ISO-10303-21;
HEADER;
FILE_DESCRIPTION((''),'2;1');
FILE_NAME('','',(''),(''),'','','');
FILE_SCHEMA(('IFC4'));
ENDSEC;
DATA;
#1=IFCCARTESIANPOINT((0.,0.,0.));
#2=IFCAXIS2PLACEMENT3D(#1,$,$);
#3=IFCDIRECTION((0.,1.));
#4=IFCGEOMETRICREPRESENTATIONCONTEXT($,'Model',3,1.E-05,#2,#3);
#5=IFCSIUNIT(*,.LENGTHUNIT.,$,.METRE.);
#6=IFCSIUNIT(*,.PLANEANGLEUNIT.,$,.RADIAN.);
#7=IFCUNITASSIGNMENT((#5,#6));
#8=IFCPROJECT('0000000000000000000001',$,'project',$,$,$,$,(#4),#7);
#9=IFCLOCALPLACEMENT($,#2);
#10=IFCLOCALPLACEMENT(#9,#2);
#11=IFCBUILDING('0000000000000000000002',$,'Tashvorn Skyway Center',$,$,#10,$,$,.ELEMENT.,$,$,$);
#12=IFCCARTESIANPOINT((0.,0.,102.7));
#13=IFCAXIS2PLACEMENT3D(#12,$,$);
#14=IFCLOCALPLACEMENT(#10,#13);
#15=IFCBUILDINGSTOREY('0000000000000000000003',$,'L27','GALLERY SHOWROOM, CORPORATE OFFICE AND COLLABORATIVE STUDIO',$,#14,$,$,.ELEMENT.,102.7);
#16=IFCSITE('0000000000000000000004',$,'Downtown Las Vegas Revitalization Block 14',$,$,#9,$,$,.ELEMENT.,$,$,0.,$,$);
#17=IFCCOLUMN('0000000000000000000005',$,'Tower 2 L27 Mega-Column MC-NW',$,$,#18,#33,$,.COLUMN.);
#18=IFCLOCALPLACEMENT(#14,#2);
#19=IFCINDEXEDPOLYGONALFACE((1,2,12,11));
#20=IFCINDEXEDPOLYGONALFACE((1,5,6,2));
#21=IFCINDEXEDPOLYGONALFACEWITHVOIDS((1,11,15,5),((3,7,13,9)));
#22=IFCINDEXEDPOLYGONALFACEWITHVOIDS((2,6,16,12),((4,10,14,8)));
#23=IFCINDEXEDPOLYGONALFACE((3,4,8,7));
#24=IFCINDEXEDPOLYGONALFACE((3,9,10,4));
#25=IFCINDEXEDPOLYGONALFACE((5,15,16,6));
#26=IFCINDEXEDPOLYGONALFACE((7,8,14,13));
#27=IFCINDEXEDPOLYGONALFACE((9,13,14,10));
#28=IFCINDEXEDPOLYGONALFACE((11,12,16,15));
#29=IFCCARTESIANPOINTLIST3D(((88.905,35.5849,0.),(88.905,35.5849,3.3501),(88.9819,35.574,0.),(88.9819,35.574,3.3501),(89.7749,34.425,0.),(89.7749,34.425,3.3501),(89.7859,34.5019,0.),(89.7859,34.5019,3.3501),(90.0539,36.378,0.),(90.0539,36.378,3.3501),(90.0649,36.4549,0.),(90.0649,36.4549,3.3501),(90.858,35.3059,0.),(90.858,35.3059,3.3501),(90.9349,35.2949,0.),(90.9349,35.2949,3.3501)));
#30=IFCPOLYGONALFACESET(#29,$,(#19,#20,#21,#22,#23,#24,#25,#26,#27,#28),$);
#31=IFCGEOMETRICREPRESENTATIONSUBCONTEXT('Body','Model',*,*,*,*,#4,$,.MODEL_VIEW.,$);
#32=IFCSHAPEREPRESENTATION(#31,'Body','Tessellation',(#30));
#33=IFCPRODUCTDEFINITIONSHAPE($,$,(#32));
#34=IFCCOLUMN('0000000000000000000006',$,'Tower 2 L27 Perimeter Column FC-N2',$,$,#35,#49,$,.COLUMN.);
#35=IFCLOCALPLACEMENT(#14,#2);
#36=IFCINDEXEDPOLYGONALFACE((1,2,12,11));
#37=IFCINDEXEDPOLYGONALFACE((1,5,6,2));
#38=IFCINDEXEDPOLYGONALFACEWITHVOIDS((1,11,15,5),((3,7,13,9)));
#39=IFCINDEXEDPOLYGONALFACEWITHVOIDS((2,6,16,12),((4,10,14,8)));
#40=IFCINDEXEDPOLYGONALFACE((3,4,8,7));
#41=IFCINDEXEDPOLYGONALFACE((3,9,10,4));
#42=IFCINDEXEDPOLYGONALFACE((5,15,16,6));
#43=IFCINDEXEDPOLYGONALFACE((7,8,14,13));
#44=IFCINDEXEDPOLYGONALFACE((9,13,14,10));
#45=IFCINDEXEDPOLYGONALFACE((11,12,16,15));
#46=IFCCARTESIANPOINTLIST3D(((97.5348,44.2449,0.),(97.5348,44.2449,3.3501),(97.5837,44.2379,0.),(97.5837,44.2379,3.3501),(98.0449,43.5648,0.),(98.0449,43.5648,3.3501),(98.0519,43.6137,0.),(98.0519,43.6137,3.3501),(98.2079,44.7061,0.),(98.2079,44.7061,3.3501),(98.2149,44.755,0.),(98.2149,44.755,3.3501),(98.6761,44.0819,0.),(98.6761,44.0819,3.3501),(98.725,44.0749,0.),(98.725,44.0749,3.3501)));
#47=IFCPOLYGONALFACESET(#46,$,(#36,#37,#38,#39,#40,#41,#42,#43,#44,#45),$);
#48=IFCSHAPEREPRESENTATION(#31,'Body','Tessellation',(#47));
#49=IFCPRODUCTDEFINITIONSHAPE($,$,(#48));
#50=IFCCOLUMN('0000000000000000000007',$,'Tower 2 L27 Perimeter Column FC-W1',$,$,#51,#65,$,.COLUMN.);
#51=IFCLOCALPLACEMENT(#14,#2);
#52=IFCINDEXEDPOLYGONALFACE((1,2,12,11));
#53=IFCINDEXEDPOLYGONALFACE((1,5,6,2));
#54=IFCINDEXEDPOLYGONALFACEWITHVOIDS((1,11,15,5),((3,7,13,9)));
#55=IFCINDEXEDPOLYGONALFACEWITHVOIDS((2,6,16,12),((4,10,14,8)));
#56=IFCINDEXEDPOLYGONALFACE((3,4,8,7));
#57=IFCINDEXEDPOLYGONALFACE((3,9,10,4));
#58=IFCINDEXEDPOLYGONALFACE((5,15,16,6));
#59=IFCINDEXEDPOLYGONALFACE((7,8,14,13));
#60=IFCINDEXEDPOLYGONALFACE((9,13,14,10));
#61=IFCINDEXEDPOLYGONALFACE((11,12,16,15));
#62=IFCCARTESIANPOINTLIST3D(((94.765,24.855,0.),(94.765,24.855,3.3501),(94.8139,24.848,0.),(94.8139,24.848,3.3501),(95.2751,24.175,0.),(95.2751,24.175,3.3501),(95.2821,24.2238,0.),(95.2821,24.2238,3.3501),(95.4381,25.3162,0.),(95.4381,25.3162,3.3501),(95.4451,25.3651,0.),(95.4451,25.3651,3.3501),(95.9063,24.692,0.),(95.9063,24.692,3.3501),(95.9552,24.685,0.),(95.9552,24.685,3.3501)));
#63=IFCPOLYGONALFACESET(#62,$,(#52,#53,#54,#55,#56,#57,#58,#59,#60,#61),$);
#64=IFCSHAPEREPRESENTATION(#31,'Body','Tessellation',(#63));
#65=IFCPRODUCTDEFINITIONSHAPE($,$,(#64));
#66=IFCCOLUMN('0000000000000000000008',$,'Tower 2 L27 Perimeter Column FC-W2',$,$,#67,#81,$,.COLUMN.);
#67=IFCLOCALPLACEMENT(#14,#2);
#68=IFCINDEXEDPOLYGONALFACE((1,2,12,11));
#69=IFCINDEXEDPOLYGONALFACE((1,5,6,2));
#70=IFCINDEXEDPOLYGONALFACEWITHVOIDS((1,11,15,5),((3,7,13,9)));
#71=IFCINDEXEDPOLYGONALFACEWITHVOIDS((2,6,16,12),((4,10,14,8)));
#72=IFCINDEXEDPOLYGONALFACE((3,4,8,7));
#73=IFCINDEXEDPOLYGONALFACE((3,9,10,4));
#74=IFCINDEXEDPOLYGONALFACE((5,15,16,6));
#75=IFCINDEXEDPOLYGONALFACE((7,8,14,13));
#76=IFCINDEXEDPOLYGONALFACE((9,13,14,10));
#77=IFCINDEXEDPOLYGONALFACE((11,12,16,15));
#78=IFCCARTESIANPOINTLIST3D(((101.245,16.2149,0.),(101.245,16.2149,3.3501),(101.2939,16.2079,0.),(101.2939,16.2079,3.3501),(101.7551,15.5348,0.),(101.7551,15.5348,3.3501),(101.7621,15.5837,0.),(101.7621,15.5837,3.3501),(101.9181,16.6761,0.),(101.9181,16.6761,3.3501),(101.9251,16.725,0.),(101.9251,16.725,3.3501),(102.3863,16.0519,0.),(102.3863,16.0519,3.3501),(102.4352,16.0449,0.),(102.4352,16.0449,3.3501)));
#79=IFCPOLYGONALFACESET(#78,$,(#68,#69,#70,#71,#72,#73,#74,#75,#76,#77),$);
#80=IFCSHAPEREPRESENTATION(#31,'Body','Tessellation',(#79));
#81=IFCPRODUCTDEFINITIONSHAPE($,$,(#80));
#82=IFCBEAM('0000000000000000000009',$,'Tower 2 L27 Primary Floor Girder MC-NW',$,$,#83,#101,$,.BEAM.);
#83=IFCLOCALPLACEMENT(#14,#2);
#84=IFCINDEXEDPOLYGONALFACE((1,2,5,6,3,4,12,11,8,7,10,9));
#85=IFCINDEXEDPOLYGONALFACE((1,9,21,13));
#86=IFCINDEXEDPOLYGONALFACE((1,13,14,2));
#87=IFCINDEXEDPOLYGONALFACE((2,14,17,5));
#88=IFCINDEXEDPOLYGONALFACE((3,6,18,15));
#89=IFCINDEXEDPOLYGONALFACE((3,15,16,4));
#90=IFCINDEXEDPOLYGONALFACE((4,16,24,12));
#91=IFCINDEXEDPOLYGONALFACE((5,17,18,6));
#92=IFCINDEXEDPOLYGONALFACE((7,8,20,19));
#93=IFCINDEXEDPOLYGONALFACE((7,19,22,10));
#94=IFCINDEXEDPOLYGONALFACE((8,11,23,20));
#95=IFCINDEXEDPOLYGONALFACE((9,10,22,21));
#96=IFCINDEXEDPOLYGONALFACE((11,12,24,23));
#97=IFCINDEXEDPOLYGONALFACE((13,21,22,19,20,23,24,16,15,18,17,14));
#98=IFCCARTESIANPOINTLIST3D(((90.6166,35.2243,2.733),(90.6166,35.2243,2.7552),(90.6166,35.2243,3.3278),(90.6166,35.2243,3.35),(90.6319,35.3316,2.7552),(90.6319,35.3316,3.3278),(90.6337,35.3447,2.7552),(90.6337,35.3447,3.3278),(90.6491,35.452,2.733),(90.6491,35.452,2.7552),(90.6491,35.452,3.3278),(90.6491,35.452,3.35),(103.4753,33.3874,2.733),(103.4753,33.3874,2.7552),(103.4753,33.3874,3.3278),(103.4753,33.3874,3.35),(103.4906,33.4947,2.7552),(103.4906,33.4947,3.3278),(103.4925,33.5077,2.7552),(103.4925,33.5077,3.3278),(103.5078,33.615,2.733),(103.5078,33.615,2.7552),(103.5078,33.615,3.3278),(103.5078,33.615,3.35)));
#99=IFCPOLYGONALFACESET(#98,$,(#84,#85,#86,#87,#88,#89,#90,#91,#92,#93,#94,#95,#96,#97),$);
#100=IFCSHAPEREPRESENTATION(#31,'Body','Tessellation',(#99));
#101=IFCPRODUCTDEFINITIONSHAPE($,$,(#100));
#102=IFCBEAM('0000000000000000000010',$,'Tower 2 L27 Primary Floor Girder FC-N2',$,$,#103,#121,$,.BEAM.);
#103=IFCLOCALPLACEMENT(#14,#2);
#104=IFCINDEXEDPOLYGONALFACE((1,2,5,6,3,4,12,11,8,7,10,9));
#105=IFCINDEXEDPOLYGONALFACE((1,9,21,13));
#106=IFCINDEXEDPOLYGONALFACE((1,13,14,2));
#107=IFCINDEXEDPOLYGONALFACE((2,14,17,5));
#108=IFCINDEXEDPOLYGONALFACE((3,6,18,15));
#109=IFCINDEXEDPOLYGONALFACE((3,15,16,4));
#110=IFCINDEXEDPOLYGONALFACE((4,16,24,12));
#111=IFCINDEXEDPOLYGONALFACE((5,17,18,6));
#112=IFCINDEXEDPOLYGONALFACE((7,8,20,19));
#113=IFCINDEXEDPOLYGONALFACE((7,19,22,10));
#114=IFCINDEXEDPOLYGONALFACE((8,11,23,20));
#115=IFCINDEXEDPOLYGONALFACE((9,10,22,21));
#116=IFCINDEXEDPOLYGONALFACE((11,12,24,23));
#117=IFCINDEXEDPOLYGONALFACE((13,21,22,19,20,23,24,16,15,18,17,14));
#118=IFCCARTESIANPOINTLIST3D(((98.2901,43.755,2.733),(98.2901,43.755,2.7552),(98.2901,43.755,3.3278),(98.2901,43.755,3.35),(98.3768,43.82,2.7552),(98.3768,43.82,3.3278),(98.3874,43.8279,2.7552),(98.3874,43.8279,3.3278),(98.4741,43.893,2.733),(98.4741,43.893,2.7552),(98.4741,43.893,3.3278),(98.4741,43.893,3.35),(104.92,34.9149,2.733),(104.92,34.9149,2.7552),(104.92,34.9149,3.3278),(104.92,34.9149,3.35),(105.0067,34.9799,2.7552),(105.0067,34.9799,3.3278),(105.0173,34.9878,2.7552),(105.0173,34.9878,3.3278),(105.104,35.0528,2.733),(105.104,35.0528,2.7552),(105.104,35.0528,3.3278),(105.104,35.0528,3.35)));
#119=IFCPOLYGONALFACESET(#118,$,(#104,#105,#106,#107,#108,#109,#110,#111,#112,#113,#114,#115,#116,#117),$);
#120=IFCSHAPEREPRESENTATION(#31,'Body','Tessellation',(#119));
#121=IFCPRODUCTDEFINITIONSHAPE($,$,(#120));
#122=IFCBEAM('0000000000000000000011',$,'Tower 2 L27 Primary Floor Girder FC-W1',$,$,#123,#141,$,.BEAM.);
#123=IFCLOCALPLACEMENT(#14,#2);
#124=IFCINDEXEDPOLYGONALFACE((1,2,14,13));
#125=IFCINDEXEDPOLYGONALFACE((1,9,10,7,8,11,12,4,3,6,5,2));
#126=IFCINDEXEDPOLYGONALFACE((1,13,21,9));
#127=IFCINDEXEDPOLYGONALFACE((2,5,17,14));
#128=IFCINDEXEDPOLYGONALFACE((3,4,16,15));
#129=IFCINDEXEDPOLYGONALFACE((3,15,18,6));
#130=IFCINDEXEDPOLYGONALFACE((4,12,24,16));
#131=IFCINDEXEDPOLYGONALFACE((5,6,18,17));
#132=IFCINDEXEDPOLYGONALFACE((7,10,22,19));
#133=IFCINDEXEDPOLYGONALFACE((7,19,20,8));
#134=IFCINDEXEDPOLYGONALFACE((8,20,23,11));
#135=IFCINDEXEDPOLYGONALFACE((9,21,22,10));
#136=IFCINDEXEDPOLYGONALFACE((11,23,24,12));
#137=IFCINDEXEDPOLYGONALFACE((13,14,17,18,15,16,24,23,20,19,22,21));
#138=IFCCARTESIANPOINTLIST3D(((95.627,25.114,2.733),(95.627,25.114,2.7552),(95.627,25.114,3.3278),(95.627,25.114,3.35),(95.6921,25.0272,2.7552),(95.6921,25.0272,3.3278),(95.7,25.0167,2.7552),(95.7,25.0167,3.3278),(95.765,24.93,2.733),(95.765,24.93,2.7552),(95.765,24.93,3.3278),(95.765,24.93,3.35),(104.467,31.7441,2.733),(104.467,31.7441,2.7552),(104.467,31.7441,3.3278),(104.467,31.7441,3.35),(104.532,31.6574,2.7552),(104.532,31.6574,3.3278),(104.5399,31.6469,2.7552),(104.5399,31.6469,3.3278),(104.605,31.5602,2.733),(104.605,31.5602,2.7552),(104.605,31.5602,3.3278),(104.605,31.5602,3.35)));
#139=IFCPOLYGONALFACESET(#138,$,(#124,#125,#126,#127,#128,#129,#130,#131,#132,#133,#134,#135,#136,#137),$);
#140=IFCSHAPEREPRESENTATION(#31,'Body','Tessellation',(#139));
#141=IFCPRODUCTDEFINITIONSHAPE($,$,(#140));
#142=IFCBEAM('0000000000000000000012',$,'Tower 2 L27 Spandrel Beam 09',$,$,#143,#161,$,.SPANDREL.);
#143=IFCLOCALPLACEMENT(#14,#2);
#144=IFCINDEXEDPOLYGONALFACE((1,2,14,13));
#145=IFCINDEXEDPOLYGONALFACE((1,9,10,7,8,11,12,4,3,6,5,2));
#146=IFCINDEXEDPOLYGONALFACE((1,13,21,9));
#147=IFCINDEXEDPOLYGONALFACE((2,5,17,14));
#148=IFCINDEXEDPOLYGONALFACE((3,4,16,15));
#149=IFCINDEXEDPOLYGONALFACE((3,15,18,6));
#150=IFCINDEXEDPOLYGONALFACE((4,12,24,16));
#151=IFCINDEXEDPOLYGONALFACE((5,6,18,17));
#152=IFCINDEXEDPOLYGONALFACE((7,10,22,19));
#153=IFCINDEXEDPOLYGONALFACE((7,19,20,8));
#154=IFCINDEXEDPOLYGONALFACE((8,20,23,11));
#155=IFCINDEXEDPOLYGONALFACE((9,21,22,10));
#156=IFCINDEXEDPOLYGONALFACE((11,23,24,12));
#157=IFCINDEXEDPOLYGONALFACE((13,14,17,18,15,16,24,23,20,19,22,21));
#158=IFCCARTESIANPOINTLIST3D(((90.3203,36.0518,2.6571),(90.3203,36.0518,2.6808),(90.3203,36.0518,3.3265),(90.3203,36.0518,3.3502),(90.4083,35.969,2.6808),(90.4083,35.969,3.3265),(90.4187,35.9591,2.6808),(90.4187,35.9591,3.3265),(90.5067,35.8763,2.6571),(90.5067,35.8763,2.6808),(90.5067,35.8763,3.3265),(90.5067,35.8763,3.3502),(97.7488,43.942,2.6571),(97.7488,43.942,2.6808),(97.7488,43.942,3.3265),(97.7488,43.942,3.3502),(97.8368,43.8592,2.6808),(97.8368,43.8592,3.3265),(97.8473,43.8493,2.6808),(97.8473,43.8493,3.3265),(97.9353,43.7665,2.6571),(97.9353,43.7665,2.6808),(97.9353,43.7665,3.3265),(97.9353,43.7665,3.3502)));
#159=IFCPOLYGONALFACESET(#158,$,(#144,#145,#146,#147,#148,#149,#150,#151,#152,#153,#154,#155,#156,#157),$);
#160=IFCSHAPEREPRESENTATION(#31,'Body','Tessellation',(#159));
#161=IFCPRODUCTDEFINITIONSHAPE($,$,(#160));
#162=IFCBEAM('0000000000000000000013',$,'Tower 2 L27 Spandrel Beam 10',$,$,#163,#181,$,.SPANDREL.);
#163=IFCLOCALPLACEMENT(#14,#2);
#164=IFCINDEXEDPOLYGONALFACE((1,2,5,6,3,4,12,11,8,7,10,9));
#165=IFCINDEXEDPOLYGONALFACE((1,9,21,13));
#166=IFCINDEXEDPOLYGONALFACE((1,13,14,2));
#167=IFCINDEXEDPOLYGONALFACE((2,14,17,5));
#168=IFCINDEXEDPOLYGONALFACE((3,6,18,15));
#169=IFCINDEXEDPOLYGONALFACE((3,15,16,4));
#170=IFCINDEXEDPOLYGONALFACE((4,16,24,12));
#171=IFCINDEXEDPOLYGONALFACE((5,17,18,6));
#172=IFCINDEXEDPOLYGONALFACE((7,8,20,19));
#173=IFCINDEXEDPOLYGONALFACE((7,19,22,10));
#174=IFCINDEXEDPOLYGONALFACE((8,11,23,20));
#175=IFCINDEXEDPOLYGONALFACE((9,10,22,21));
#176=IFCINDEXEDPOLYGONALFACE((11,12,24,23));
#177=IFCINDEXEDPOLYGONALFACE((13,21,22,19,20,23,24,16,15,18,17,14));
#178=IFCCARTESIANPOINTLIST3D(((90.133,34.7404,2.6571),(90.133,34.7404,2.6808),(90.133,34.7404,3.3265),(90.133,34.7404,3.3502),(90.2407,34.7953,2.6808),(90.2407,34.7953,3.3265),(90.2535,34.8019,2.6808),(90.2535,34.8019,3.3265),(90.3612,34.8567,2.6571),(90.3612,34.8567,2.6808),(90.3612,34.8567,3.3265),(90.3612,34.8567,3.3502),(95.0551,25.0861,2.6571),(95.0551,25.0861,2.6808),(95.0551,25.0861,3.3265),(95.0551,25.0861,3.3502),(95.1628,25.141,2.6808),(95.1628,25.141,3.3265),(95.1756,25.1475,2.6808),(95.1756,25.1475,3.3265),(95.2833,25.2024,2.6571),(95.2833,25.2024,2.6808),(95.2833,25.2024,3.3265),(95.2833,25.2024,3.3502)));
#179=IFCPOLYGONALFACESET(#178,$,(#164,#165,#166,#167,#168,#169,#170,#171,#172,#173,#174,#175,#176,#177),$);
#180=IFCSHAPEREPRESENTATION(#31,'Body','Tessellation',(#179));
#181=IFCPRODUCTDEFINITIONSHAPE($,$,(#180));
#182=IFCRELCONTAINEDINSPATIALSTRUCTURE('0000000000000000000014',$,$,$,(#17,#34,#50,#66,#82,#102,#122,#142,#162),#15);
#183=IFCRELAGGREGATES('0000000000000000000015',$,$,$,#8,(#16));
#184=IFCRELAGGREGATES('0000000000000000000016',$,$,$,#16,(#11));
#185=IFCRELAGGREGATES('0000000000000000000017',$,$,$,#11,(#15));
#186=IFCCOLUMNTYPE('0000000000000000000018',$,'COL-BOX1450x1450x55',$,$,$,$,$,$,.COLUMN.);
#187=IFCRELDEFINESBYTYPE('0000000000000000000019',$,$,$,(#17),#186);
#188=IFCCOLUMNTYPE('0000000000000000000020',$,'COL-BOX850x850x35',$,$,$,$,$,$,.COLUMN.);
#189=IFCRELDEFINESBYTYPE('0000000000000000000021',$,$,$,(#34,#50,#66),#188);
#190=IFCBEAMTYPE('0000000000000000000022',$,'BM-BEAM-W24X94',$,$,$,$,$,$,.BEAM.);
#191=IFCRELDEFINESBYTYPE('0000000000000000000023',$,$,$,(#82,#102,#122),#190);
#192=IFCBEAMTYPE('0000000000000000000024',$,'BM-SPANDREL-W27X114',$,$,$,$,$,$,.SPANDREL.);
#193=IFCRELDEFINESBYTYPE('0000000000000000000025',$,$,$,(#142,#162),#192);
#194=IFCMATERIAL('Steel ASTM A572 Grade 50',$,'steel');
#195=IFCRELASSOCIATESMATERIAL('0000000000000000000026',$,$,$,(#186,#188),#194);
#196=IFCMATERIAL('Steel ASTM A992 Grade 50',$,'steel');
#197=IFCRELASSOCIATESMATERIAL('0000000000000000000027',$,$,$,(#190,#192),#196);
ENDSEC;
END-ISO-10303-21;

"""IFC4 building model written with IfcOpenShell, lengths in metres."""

from ifc_helpers import new_model, si_unit, direction, frame, origin, origin_2d, place, context, subcontext, project, spatial, hollow_rectangle, i_section, extrude, material, material_profile, profile_set, type_object, element, save


model = new_model("IFC4")

# Units and contexts
model_context = context("Model", 3, precision=1e-05, world=origin(), true_north=direction((0.0, 1.0)))
body_context = subcontext(model_context, "Body", "Model", "MODEL_VIEW")
ifc_project = project(units=[si_unit("LENGTHUNIT", "METRE"), si_unit("PLANEANGLEUNIT", "RADIAN")], contexts=[model_context])

# Site, building, storey
site_placement = place(None, origin())
site = spatial("IfcSite", under=ifc_project, at=site_placement, Name="Downtown Las Vegas Revitalization Block 14", CompositionType="ELEMENT", RefElevation=0.0)
building_placement = place(site_placement, origin())
building = spatial("IfcBuilding", under=site, at=building_placement, Name="Tashvorn Skyway Center", CompositionType="ELEMENT")
storey_placement = place(building_placement, frame((0.0, 0.0, 102.7)))
storey = spatial("IfcBuildingStorey", under=building, at=storey_placement, Name="L27", Description="GALLERY SHOWROOM, CORPORATE OFFICE AND COLLABORATIVE STUDIO", CompositionType="ELEMENT", Elevation=102.7)

# Columns
ifc_material_1 = material(Name="Steel ASTM A572 Grade 50", Category="steel")
ifc_material_profile_1 = material_profile(ifc_material_1, hollow_rectangle(XDim=1.45, YDim=1.45, WallThickness=0.0549, at=origin_2d()), Name="BOX1450x1450x55")
ifc_profile_set_1 = profile_set([ifc_material_profile_1], Name="Steel ASTM A572 Grade 50")
column_type_1 = type_object("IfcColumnType", Name="COL-BOX1450x1450x55", PredefinedType="COLUMN", material=ifc_profile_set_1)
column_placement = place(storey_placement, frame((89.9199, 35.4399, 0.0), z_axis=(0.0, 0.0, 1.0), x_axis=(0.8, 0.6, 0.0)))
element("IfcColumn", 1, at=column_placement, inside=storey, type_object=column_type_1, Name="Tower 2 L27 Mega-Column MC-NW", PredefinedType="COLUMN", context=body_context, shape_type="SweptSolid", body=[
    extrude(hollow_rectangle(XDim=1.45, YDim=1.45, WallThickness=0.0549, at=origin_2d()), origin(), (0.0, 0.0, 1.0), 3.3501),
])
ifc_material_profile_2 = material_profile(ifc_material_1, hollow_rectangle(XDim=0.8501, YDim=0.8501, WallThickness=0.0349, at=origin_2d()), Name="BOX850x850x35")
ifc_profile_set_2 = profile_set([ifc_material_profile_2], Name="Steel ASTM A572 Grade 50")
column_type_2 = type_object("IfcColumnType", Name="COL-BOX850x850x35", PredefinedType="COLUMN", material=ifc_profile_set_2)
for number, where, z_axis, x_axis, name in (
    (2, (98.1299, 44.1599, 0.0), (0.0, 0.0, 1.0), (0.8, 0.6, 0.0), "Tower 2 L27 Perimeter Column FC-N2"),
    (3, (95.3601, 24.77, 0.0), (0.0, 0.0, 1.0), (0.8, 0.6, 0.0), "Tower 2 L27 Perimeter Column FC-W1"),
    (4, (101.8401, 16.1299, 0.0), (0.0, 0.0, 1.0), (0.8, 0.6, 0.0), "Tower 2 L27 Perimeter Column FC-W2"),
):
    element("IfcColumn", number, at=place(storey_placement, frame(where, z_axis=z_axis, x_axis=x_axis)), inside=storey, type_object=column_type_2, Name=name, PredefinedType="COLUMN", context=body_context, shape_type="SweptSolid", body=[
        extrude(hollow_rectangle(XDim=0.8501, YDim=0.8501, WallThickness=0.0349, at=origin_2d()), origin(), (0.0, 0.0, 1.0), 3.3501),
    ])

# Beams
ifc_material_2 = material(Name="Steel ASTM A992 Grade 50", Category="steel")
ifc_material_profile_3 = material_profile(ifc_material_2, i_section(OverallWidth=0.23, OverallDepth=0.6169, WebThickness=0.0132, FlangeThickness=0.0222, at=origin_2d()), Name="W24X94")
ifc_profile_set_3 = profile_set([ifc_material_profile_3], Name="Steel ASTM A992 Grade 50")
beam_type_1 = type_object("IfcBeamType", Name="BM-BEAM-W24X94", PredefinedType="BEAM", material=ifc_profile_set_3)
beam_1_placement = place(storey_placement, frame((90.6328, 35.3381, 3.0415), z_axis=(0.98995, -0.141419, 0.0), x_axis=(0.141419, 0.98995, 0.0)))
element("IfcBeam", 5, at=beam_1_placement, inside=storey, type_object=beam_type_1, Name="Tower 2 L27 Primary Floor Girder MC-NW", PredefinedType="BEAM", context=body_context, shape_type="SweptSolid", body=[
    extrude(i_section(OverallWidth=0.23, OverallDepth=0.6169, WebThickness=0.0132, FlangeThickness=0.0222, at=origin_2d()), origin(), (0.0, 0.0, 1.0), 12.9893),
])
for number, where, z_axis, x_axis, name in (
    (6, (98.3821, 43.824, 3.0415), (0.599989, -0.800008, 0.0), (0.800008, 0.599989, 0.0), "Tower 2 L27 Primary Floor Girder FC-N2"),
    (7, (95.696, 25.022, 3.0415), (0.799989, 0.600014, 0.0), (-0.600014, 0.799989, 0.0), "Tower 2 L27 Primary Floor Girder FC-W1"),
):
    element("IfcBeam", number, at=place(storey_placement, frame(where, z_axis=z_axis, x_axis=x_axis)), inside=storey, type_object=beam_type_1, Name=name, PredefinedType="BEAM", context=body_context, shape_type="SweptSolid", body=[
        extrude(i_section(OverallWidth=0.23, OverallDepth=0.6169, WebThickness=0.0132, FlangeThickness=0.0222, at=origin_2d()), origin(), (0.0, 0.0, 1.0), 11.05),
    ])
ifc_material_profile_4 = material_profile(ifc_material_2, i_section(OverallWidth=0.2561, OverallDepth=0.6931, WebThickness=0.0144, FlangeThickness=0.0237, at=origin_2d()), Name="W27X114")
ifc_profile_set_4 = profile_set([ifc_material_profile_4], Name="Steel ASTM A992 Grade 50")
beam_type_2 = type_object("IfcBeamType", Name="BM-SPANDREL-W27X114", PredefinedType="SPANDREL", material=ifc_profile_set_4)
beam_2_placement = place(storey_placement, frame((97.842, 43.8542, 3.0037), z_axis=(-0.685485, -0.728087, 0.0), x_axis=(0.728087, -0.685485, 0.0)))
element("IfcBeam", 8, at=beam_2_placement, inside=storey, type_object=beam_type_2, Name="Tower 2 L27 Spandrel Beam 09", PredefinedType="SPANDREL", context=body_context, shape_type="SweptSolid", body=[
    extrude(i_section(OverallWidth=0.2561, OverallDepth=0.6931, WebThickness=0.0144, FlangeThickness=0.0237, at=origin_2d()), origin(), (0.0, 0.0, 1.0), 10.8369),
])
beam_3_placement = place(storey_placement, frame((90.2471, 34.7986, 3.0037), z_axis=(0.454211, -0.890894, 0.0), x_axis=(0.890894, 0.454211, 0.0)))
element("IfcBeam", 9, at=beam_3_placement, inside=storey, type_object=beam_type_2, Name="Tower 2 L27 Spandrel Beam 10", PredefinedType="SPANDREL", context=body_context, shape_type="SweptSolid", body=[
    extrude(i_section(OverallWidth=0.2561, OverallDepth=0.6931, WebThickness=0.0144, FlangeThickness=0.0237, at=origin_2d()), origin(), (0.0, 0.0, 1.0), 10.8367),
])

save(model, "model.ifc")
